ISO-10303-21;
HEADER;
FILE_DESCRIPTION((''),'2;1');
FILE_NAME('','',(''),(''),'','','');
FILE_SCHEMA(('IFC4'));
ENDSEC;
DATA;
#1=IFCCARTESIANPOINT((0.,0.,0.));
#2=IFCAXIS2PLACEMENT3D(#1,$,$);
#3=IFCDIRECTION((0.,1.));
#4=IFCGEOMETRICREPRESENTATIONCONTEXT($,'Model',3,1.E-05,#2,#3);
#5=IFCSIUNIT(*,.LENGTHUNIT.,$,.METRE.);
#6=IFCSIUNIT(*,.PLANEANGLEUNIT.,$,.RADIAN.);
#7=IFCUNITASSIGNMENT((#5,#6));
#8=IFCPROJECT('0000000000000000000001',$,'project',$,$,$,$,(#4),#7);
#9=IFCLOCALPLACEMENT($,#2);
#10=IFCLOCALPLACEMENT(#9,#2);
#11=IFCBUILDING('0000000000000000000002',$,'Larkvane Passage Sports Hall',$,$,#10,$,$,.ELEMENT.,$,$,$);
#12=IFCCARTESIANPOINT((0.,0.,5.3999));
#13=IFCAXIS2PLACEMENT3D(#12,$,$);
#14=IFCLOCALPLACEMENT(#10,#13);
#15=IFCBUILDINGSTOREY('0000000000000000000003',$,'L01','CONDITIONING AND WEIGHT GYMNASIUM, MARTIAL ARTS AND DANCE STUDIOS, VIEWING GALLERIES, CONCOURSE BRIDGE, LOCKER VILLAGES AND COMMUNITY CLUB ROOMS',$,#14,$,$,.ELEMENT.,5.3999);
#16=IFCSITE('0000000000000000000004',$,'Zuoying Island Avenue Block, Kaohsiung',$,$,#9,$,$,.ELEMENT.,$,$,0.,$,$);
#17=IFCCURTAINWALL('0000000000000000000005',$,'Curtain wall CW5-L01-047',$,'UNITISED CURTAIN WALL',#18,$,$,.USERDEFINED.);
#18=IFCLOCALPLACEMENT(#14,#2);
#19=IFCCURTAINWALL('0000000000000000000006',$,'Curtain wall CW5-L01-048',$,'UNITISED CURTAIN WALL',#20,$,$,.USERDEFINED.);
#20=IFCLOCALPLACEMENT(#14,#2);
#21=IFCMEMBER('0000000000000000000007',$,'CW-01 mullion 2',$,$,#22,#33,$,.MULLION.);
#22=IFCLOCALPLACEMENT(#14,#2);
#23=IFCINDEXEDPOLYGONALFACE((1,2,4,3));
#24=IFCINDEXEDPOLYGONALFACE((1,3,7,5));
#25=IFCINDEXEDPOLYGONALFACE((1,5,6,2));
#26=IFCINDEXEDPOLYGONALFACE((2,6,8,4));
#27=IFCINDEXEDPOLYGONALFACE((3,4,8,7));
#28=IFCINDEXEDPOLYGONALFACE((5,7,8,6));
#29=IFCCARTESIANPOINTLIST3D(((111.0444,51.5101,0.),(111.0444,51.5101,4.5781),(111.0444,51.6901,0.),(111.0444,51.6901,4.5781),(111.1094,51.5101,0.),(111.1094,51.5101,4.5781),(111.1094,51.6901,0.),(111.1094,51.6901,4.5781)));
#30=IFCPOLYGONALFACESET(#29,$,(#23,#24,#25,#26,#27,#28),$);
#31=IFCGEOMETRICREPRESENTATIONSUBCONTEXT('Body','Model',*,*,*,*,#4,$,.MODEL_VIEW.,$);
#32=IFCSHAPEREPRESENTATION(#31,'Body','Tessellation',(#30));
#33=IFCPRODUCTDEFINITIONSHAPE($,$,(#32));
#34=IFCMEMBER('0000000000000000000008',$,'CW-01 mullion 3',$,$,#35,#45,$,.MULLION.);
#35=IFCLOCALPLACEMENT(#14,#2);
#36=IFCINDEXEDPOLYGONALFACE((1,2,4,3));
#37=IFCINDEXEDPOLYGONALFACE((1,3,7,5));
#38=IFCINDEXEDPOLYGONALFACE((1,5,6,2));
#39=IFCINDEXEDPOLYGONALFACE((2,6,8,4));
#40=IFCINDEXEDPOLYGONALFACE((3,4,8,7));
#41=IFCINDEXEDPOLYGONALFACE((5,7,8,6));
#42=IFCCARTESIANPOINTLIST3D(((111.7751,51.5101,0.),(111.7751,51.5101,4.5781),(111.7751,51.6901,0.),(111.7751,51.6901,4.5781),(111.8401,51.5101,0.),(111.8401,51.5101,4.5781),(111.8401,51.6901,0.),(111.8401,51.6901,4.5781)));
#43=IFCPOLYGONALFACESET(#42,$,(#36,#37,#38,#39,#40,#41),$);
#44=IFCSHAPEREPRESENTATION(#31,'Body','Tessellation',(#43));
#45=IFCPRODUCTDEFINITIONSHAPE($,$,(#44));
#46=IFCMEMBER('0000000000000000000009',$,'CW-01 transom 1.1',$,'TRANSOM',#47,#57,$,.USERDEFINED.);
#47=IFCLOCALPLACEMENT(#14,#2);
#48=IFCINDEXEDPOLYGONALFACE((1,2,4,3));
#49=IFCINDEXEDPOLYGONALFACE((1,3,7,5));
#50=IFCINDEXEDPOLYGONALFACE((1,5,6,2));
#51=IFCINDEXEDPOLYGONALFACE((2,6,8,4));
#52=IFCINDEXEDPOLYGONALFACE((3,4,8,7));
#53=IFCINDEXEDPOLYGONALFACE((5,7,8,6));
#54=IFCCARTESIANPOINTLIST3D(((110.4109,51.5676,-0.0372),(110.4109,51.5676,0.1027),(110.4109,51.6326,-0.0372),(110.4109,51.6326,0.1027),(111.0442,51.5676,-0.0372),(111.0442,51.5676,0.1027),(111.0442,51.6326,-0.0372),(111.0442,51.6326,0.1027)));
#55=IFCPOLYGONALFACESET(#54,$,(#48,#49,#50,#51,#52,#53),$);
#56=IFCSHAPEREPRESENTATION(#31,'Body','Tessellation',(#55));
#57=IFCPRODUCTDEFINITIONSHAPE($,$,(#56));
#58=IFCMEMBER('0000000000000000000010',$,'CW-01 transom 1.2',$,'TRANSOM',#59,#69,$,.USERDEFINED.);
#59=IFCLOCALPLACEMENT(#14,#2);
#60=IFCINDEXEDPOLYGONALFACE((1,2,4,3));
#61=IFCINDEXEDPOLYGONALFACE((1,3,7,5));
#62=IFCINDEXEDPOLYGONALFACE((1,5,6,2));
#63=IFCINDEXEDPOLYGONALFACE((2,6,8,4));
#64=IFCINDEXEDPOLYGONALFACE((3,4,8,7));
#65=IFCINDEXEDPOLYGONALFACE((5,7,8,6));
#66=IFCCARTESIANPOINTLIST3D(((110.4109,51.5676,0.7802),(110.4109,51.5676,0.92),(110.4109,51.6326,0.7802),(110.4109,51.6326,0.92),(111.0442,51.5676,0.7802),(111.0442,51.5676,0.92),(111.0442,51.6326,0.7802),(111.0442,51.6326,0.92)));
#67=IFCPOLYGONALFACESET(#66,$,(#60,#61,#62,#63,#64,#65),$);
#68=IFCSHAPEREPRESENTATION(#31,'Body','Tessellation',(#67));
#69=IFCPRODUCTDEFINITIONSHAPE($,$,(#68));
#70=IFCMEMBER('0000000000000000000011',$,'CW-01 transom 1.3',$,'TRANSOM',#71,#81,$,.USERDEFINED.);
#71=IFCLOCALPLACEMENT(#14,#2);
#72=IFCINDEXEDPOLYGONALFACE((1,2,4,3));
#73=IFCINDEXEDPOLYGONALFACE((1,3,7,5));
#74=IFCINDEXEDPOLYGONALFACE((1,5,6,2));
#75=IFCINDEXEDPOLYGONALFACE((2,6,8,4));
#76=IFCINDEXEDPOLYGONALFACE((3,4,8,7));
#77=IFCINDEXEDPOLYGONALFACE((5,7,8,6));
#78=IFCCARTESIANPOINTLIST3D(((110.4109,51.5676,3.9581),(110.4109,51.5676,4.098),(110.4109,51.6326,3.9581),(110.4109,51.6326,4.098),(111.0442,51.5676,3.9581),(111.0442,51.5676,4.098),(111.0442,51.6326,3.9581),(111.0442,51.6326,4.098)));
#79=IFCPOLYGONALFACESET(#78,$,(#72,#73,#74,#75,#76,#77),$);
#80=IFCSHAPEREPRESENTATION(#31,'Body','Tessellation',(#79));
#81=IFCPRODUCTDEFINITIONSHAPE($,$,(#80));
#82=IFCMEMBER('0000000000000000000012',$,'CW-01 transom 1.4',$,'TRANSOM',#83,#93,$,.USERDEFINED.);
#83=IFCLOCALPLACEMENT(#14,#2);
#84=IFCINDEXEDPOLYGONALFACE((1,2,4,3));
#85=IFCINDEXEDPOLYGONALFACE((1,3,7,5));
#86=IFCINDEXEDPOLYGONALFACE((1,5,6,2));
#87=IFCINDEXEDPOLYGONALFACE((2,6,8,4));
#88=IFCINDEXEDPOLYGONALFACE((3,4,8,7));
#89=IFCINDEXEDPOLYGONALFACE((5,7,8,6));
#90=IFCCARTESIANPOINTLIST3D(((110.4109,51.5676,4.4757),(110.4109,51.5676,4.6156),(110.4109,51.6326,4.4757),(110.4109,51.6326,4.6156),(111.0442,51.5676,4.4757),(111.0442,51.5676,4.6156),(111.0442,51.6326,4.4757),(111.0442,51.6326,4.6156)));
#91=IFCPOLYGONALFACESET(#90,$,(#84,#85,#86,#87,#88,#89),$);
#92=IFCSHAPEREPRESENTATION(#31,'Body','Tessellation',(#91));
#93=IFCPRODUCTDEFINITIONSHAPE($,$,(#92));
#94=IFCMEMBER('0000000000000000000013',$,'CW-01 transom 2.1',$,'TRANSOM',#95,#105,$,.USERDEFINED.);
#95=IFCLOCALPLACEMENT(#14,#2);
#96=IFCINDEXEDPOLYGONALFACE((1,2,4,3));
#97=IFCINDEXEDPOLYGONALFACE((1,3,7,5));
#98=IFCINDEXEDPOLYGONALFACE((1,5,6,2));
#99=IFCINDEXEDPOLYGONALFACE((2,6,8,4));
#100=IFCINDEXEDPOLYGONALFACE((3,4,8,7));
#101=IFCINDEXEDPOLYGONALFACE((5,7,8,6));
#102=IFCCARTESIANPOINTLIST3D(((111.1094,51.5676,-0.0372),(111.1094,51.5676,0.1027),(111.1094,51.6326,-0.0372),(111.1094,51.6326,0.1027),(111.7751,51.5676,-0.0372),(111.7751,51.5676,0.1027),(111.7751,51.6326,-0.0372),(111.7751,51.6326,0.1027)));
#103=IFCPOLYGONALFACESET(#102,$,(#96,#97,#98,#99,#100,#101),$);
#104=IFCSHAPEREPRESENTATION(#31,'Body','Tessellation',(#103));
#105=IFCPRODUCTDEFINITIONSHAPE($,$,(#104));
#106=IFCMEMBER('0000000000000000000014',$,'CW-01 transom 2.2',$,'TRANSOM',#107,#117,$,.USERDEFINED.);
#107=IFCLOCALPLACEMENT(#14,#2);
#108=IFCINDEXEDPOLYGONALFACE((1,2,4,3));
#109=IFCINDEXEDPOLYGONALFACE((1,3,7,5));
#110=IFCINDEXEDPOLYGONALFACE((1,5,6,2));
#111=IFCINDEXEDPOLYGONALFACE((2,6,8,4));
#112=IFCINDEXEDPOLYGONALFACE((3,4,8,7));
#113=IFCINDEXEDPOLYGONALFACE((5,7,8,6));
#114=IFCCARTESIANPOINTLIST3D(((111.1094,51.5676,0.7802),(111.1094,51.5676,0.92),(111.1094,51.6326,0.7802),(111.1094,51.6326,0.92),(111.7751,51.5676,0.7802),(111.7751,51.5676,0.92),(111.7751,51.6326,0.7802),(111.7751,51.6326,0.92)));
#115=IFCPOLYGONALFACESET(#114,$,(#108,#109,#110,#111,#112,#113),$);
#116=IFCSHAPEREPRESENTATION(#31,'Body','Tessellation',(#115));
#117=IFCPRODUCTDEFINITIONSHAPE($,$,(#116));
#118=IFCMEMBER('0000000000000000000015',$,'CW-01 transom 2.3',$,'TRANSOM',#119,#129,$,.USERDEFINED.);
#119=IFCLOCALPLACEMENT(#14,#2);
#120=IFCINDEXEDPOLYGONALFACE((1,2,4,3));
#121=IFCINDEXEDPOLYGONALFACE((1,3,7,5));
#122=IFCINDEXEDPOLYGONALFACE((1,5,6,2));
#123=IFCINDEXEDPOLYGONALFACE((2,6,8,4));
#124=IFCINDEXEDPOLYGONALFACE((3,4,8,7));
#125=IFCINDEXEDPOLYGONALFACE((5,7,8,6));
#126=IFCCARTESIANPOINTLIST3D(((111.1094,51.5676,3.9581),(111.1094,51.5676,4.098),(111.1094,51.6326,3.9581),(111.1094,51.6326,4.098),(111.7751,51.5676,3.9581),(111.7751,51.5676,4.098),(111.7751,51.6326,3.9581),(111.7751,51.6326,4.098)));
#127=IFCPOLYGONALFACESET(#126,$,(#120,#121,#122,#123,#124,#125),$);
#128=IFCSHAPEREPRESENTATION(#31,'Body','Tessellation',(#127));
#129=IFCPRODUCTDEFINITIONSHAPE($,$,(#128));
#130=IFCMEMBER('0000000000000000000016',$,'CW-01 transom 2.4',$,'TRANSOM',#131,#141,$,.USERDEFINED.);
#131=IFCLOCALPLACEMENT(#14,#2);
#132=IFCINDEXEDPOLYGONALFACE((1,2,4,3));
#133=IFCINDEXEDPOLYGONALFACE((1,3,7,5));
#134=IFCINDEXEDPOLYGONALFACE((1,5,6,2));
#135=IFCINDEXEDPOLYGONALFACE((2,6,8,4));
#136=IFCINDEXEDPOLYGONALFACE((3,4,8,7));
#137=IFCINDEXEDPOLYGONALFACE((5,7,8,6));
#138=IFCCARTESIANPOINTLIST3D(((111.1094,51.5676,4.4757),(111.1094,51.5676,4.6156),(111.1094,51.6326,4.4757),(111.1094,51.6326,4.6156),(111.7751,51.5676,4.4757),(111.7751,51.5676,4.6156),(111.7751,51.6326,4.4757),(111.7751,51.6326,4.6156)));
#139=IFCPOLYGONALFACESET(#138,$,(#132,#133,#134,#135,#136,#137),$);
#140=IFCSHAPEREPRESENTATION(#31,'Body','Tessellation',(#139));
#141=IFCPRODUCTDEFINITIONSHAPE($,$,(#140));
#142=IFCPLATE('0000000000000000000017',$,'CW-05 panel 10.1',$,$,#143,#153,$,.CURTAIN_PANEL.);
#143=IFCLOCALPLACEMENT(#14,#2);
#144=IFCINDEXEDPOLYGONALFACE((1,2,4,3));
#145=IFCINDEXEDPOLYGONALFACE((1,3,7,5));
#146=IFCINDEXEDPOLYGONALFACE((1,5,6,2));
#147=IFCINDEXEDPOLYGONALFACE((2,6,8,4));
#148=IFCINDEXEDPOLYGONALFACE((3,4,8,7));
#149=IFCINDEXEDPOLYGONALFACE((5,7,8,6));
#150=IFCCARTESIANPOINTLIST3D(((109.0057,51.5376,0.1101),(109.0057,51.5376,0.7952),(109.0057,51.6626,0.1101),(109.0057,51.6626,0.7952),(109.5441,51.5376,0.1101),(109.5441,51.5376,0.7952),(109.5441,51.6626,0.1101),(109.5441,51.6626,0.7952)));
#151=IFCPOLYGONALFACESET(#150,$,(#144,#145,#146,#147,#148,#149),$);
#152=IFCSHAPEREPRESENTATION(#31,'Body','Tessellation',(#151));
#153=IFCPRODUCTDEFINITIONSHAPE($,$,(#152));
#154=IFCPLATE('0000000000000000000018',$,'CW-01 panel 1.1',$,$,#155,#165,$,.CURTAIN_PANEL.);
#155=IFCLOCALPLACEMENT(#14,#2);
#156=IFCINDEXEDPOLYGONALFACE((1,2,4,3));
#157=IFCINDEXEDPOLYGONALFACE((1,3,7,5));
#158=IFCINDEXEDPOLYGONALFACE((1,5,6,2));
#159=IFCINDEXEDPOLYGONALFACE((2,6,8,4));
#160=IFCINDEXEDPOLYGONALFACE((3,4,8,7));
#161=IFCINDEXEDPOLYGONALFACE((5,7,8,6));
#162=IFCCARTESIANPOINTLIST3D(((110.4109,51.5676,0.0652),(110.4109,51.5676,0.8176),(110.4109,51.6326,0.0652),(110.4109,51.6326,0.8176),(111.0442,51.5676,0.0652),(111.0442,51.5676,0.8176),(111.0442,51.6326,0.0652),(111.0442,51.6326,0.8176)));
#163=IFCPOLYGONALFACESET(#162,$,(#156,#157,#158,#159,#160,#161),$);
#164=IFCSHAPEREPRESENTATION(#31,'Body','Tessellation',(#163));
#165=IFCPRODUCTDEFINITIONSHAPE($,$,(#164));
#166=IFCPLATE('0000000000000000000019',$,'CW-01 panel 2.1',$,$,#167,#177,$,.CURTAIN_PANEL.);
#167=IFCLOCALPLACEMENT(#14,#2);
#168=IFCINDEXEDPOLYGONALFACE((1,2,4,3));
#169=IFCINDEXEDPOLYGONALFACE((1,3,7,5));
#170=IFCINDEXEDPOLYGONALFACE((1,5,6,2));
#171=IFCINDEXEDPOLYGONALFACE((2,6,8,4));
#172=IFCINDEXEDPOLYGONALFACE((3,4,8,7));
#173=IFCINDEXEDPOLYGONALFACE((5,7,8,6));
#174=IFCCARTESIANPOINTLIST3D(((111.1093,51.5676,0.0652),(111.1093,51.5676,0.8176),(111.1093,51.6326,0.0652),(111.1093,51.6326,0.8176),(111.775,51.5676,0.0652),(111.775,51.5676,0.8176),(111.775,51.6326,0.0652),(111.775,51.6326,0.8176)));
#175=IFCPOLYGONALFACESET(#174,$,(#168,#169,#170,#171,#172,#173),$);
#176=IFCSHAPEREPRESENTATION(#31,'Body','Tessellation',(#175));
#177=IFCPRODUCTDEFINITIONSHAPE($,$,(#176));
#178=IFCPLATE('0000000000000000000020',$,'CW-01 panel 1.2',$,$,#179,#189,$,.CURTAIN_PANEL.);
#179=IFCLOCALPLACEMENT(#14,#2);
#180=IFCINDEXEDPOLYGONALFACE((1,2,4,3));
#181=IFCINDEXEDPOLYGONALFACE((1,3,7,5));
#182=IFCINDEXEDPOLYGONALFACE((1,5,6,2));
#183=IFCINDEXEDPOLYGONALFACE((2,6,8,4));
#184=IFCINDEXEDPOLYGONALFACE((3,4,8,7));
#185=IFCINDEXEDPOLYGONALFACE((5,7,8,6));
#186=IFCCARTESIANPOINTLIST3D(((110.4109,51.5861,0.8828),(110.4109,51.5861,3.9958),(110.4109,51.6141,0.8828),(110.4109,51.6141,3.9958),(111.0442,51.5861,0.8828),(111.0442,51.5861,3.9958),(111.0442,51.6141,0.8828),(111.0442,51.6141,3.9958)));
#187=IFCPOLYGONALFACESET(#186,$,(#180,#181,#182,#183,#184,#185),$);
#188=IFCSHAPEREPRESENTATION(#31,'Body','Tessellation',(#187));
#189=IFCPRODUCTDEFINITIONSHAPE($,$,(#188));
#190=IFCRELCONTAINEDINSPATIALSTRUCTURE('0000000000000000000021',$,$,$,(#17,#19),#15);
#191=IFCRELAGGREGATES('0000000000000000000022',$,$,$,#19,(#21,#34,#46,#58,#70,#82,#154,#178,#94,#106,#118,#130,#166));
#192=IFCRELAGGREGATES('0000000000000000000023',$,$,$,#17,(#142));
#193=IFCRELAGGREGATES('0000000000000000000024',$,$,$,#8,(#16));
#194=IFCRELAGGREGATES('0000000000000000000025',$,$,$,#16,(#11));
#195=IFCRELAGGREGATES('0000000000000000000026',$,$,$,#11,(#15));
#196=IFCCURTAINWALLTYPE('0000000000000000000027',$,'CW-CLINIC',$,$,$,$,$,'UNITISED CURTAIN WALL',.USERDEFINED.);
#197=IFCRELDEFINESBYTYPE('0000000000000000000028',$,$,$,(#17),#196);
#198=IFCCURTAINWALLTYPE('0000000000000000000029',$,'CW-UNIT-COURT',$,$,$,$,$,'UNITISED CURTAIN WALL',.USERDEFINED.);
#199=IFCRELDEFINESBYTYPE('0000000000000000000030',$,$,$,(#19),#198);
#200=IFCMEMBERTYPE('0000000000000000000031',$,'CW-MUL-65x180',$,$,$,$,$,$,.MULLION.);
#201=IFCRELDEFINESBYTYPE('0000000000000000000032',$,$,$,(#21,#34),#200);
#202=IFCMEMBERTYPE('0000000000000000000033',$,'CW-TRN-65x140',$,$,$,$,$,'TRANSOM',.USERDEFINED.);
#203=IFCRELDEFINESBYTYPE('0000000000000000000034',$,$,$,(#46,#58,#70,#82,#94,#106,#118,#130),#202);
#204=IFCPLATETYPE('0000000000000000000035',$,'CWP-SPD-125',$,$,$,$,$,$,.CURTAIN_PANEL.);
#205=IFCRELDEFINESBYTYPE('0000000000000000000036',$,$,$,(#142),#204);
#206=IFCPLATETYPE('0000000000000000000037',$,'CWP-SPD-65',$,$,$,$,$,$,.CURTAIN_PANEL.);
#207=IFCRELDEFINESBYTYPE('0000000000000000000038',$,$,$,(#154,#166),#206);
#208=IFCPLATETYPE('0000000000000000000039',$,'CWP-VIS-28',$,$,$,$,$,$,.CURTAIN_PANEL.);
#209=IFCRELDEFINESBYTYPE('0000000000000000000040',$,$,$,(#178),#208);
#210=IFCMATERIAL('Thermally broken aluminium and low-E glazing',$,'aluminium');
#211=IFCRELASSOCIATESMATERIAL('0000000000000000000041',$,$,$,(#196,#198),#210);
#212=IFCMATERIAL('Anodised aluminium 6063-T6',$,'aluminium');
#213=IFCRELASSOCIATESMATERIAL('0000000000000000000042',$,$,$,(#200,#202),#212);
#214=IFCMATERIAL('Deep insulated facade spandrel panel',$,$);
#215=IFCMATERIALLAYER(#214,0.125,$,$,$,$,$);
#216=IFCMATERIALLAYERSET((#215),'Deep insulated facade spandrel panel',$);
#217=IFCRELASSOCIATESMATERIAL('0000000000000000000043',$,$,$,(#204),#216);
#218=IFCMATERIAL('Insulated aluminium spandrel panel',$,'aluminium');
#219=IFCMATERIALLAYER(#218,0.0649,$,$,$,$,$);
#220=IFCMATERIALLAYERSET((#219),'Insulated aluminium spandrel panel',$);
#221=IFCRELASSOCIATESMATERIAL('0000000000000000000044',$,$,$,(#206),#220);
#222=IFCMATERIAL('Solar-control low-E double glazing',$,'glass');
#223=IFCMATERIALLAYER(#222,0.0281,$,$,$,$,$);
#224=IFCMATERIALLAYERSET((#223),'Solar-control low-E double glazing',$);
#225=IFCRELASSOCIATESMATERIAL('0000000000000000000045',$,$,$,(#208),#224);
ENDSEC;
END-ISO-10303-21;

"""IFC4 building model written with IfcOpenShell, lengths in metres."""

from ifc_helpers import new_model, si_unit, direction, frame, origin, origin_2d, place, context, subcontext, project, spatial, rectangle, extrude, material, layer, layer_set, material_profile, profile_set, type_object, element, aggregate, save


model = new_model("IFC4")

# Units and contexts
model_context = context("Model", 3, precision=1e-05, world=origin(), true_north=direction((0.0, 1.0)))
body_context = subcontext(model_context, "Body", "Model", "MODEL_VIEW")
ifc_project = project(units=[si_unit("LENGTHUNIT", "METRE"), si_unit("PLANEANGLEUNIT", "RADIAN")], contexts=[model_context])

# Site, building, storey
site_placement = place(None, origin())
site = spatial("IfcSite", under=ifc_project, at=site_placement, Name="Zuoying Island Avenue Block, Kaohsiung", CompositionType="ELEMENT", RefElevation=0.0)
building_placement = place(site_placement, origin())
building = spatial("IfcBuilding", under=site, at=building_placement, Name="Larkvane Passage Sports Hall", CompositionType="ELEMENT")
storey_placement = place(building_placement, frame((0.0, 0.0, 5.3999)))
storey = spatial("IfcBuildingStorey", under=building, at=storey_placement, Name="L01", Description="CONDITIONING AND WEIGHT GYMNASIUM, MARTIAL ARTS AND DANCE STUDIOS, VIEWING GALLERIES, CONCOURSE BRIDGE, LOCKER VILLAGES AND COMMUNITY CLUB ROOMS", CompositionType="ELEMENT", Elevation=5.3999)

# Curtain wall
ifc_material_1 = material(Name="Thermally broken aluminium and low-E glazing", Category="aluminium")
curtain_wall_type_1 = type_object("IfcCurtainWallType", Name="CW-CLINIC", ElementType="UNITISED CURTAIN WALL", PredefinedType="USERDEFINED", material=ifc_material_1)
curtain_wall_1_placement = place(storey_placement, origin())
curtain_wall_1 = element("IfcCurtainWall", 1, at=curtain_wall_1_placement, inside=storey, type_object=curtain_wall_type_1, Name="Curtain wall CW5-L01-047", ObjectType="UNITISED CURTAIN WALL", PredefinedType="USERDEFINED")
ifc_material_2 = material(Name="Anodised aluminium 6063-T6", Category="aluminium")

# Curtain wall, members
curtain_wall_type_2 = type_object("IfcCurtainWallType", Name="CW-UNIT-COURT", ElementType="UNITISED CURTAIN WALL", PredefinedType="USERDEFINED", material=ifc_material_1)
curtain_wall_2_placement = place(storey_placement, origin())
curtain_wall_2 = element("IfcCurtainWall", 2, at=curtain_wall_2_placement, inside=storey, type_object=curtain_wall_type_2, Name="Curtain wall CW5-L01-048", ObjectType="UNITISED CURTAIN WALL", PredefinedType="USERDEFINED")
ifc_material_profile_1 = material_profile(ifc_material_2, rectangle(XDim=0.0649, YDim=0.1799, at=origin_2d()), Name="ALU-MUL-65x180")
ifc_profile_set_1 = profile_set([ifc_material_profile_1], Name="Anodised aluminium 6063-T6")
member_type_1 = type_object("IfcMemberType", Name="CW-MUL-65x180", PredefinedType="MULLION", material=ifc_profile_set_1)
member_1_placement = place(storey_placement, frame((111.0769, 51.6001, 0.0), z_axis=(0.0, 0.0, 1.0), x_axis=(1.0, 0.0, 0.0)))
member_1 = element("IfcMember", 3, at=member_1_placement, type_object=member_type_1, Name="CW-01 mullion 2", PredefinedType="MULLION", context=body_context, shape_type="SweptSolid", body=[
    extrude(rectangle(XDim=0.0649, YDim=0.1799, at=origin_2d()), origin(), (0.0, 0.0, 1.0), 4.5781),
])
member_2_placement = place(storey_placement, frame((111.8076, 51.6001, 0.0), z_axis=(0.0, 0.0, 1.0), x_axis=(1.0, 0.0, 0.0)))
member_2 = element("IfcMember", 4, at=member_2_placement, type_object=member_type_1, Name="CW-01 mullion 3", PredefinedType="MULLION", context=body_context, shape_type="SweptSolid", body=[
    extrude(rectangle(XDim=0.0649, YDim=0.1799, at=origin_2d()), origin(), (0.0, 0.0, 1.0), 4.5781),
])
ifc_material_profile_2 = material_profile(ifc_material_2, rectangle(XDim=0.0649, YDim=0.1399, at=origin_2d()), Name="ALU-TRN-65x140")
ifc_profile_set_2 = profile_set([ifc_material_profile_2], Name="Anodised aluminium 6063-T6")
member_type_2 = type_object("IfcMemberType", Name="CW-TRN-65x140", ElementType="TRANSOM", PredefinedType="USERDEFINED", material=ifc_profile_set_2)
member_3_placement = place(storey_placement, frame((110.4109, 51.6001, 0.0327), z_axis=(1.0, 0.0, 0.0), x_axis=(0.0, 1.0, 0.0)))
member_3 = element("IfcMember", 5, at=member_3_placement, type_object=member_type_2, Name="CW-01 transom 1.1", ObjectType="TRANSOM", PredefinedType="USERDEFINED", context=body_context, shape_type="SweptSolid", body=[
    extrude(rectangle(XDim=0.0649, YDim=0.1399, at=origin_2d()), origin(), (0.0, 0.0, 1.0), 0.6333),
])
member_4_placement = place(storey_placement, frame((110.4109, 51.6001, 0.8501), z_axis=(1.0, 0.0, 0.0), x_axis=(0.0, 1.0, 0.0)))
member_4 = element("IfcMember", 6, at=member_4_placement, type_object=member_type_2, Name="CW-01 transom 1.2", ObjectType="TRANSOM", PredefinedType="USERDEFINED", context=body_context, shape_type="SweptSolid", body=[
    extrude(rectangle(XDim=0.0649, YDim=0.1399, at=origin_2d()), origin(), (0.0, 0.0, 1.0), 0.6333),
])
member_5_placement = place(storey_placement, frame((110.4109, 51.6001, 4.0281), z_axis=(1.0, 0.0, 0.0), x_axis=(0.0, 1.0, 0.0)))
member_5 = element("IfcMember", 7, at=member_5_placement, type_object=member_type_2, Name="CW-01 transom 1.3", ObjectType="TRANSOM", PredefinedType="USERDEFINED", context=body_context, shape_type="SweptSolid", body=[
    extrude(rectangle(XDim=0.0649, YDim=0.1399, at=origin_2d()), origin(), (0.0, 0.0, 1.0), 0.6333),
])
member_6_placement = place(storey_placement, frame((110.4109, 51.6001, 4.5457), z_axis=(1.0, 0.0, 0.0), x_axis=(0.0, 1.0, 0.0)))
member_6 = element("IfcMember", 8, at=member_6_placement, type_object=member_type_2, Name="CW-01 transom 1.4", ObjectType="TRANSOM", PredefinedType="USERDEFINED", context=body_context, shape_type="SweptSolid", body=[
    extrude(rectangle(XDim=0.0649, YDim=0.1399, at=origin_2d()), origin(), (0.0, 0.0, 1.0), 0.6333),
])
member_7_placement = place(storey_placement, frame((111.1094, 51.6001, 0.0327), z_axis=(1.0, 0.0, 0.0), x_axis=(0.0, 1.0, 0.0)))
member_7 = element("IfcMember", 9, at=member_7_placement, type_object=member_type_2, Name="CW-01 transom 2.1", ObjectType="TRANSOM", PredefinedType="USERDEFINED", context=body_context, shape_type="SweptSolid", body=[
    extrude(rectangle(XDim=0.0649, YDim=0.1399, at=origin_2d()), origin(), (0.0, 0.0, 1.0), 0.6658),
])
member_8_placement = place(storey_placement, frame((111.1094, 51.6001, 0.8501), z_axis=(1.0, 0.0, 0.0), x_axis=(0.0, 1.0, 0.0)))
member_8 = element("IfcMember", 10, at=member_8_placement, type_object=member_type_2, Name="CW-01 transom 2.2", ObjectType="TRANSOM", PredefinedType="USERDEFINED", context=body_context, shape_type="SweptSolid", body=[
    extrude(rectangle(XDim=0.0649, YDim=0.1399, at=origin_2d()), origin(), (0.0, 0.0, 1.0), 0.6658),
])
member_9_placement = place(storey_placement, frame((111.1094, 51.6001, 4.0281), z_axis=(1.0, 0.0, 0.0), x_axis=(0.0, 1.0, 0.0)))
member_9 = element("IfcMember", 11, at=member_9_placement, type_object=member_type_2, Name="CW-01 transom 2.3", ObjectType="TRANSOM", PredefinedType="USERDEFINED", context=body_context, shape_type="SweptSolid", body=[
    extrude(rectangle(XDim=0.0649, YDim=0.1399, at=origin_2d()), origin(), (0.0, 0.0, 1.0), 0.6658),
])
member_10_placement = place(storey_placement, frame((111.1094, 51.6001, 4.5457), z_axis=(1.0, 0.0, 0.0), x_axis=(0.0, 1.0, 0.0)))
member_10 = element("IfcMember", 12, at=member_10_placement, type_object=member_type_2, Name="CW-01 transom 2.4", ObjectType="TRANSOM", PredefinedType="USERDEFINED", context=body_context, shape_type="SweptSolid", body=[
    extrude(rectangle(XDim=0.0649, YDim=0.1399, at=origin_2d()), origin(), (0.0, 0.0, 1.0), 0.6658),
])

# Plates
ifc_material_3 = material(Name="Deep insulated facade spandrel panel")
ifc_layer_1 = layer(ifc_material_3, 0.125)
ifc_layer_set_1 = layer_set([ifc_layer_1], Name="Deep insulated facade spandrel panel")
plate_type_1 = type_object("IfcPlateType", Name="CWP-SPD-125", PredefinedType="CURTAIN_PANEL", material=ifc_layer_set_1)
plate_1_placement = place(storey_placement, frame((109.2749, 51.6001, 0.1101), z_axis=(0.0, 0.0, 1.0), x_axis=(1.0, 0.0, 0.0)))
plate_1 = element("IfcPlate", 13, at=plate_1_placement, type_object=plate_type_1, Name="CW-05 panel 10.1", PredefinedType="CURTAIN_PANEL", context=body_context, shape_type="SweptSolid", body=[
    extrude(rectangle(XDim=0.5383, YDim=0.125, at=origin_2d()), origin(), (0.0, 0.0, 1.0), 0.6851),
])
ifc_material_4 = material(Name="Insulated aluminium spandrel panel", Category="aluminium")
ifc_layer_2 = layer(ifc_material_4, 0.0649)
ifc_layer_set_2 = layer_set([ifc_layer_2], Name="Insulated aluminium spandrel panel")
plate_type_2 = type_object("IfcPlateType", Name="CWP-SPD-65", PredefinedType="CURTAIN_PANEL", material=ifc_layer_set_2)
plate_2_placement = place(storey_placement, frame((110.7275, 51.6001, 0.0652), z_axis=(0.0, 0.0, 1.0), x_axis=(1.0, 0.0, 0.0)))
plate_2 = element("IfcPlate", 14, at=plate_2_placement, type_object=plate_type_2, Name="CW-01 panel 1.1", PredefinedType="CURTAIN_PANEL", context=body_context, shape_type="SweptSolid", body=[
    extrude(rectangle(XDim=0.6333, YDim=0.0649, at=origin_2d()), origin(), (0.0, 0.0, 1.0), 0.7524),
])
plate_3_placement = place(storey_placement, frame((111.4421, 51.6001, 0.0652), z_axis=(0.0, 0.0, 1.0), x_axis=(1.0, 0.0, 0.0)))
plate_3 = element("IfcPlate", 15, at=plate_3_placement, type_object=plate_type_2, Name="CW-01 panel 2.1", PredefinedType="CURTAIN_PANEL", context=body_context, shape_type="SweptSolid", body=[
    extrude(rectangle(XDim=0.6658, YDim=0.0649, at=origin_2d()), origin(), (0.0, 0.0, 1.0), 0.7524),
])
ifc_material_5 = material(Name="Solar-control low-E double glazing", Category="glass")
ifc_layer_3 = layer(ifc_material_5, 0.0281)
ifc_layer_set_3 = layer_set([ifc_layer_3], Name="Solar-control low-E double glazing")
plate_type_3 = type_object("IfcPlateType", Name="CWP-VIS-28", PredefinedType="CURTAIN_PANEL", material=ifc_layer_set_3)
plate_4_placement = place(storey_placement, frame((110.7275, 51.6001, 0.8828), z_axis=(0.0, 0.0, 1.0), x_axis=(1.0, 0.0, 0.0)))
plate_4 = element("IfcPlate", 16, at=plate_4_placement, type_object=plate_type_3, Name="CW-01 panel 1.2", PredefinedType="CURTAIN_PANEL", context=body_context, shape_type="SweptSolid", body=[
    extrude(rectangle(XDim=0.6333, YDim=0.0281, at=origin_2d()), origin(), (0.0, 0.0, 1.0), 3.113),
])
aggregate(curtain_wall_2, [member_1, member_2, member_3, member_4, member_5, member_6, plate_2, plate_4, member_7, member_8, member_9, member_10, plate_3])
aggregate(curtain_wall_1, [plate_1])

save(model, "model.ifc")
